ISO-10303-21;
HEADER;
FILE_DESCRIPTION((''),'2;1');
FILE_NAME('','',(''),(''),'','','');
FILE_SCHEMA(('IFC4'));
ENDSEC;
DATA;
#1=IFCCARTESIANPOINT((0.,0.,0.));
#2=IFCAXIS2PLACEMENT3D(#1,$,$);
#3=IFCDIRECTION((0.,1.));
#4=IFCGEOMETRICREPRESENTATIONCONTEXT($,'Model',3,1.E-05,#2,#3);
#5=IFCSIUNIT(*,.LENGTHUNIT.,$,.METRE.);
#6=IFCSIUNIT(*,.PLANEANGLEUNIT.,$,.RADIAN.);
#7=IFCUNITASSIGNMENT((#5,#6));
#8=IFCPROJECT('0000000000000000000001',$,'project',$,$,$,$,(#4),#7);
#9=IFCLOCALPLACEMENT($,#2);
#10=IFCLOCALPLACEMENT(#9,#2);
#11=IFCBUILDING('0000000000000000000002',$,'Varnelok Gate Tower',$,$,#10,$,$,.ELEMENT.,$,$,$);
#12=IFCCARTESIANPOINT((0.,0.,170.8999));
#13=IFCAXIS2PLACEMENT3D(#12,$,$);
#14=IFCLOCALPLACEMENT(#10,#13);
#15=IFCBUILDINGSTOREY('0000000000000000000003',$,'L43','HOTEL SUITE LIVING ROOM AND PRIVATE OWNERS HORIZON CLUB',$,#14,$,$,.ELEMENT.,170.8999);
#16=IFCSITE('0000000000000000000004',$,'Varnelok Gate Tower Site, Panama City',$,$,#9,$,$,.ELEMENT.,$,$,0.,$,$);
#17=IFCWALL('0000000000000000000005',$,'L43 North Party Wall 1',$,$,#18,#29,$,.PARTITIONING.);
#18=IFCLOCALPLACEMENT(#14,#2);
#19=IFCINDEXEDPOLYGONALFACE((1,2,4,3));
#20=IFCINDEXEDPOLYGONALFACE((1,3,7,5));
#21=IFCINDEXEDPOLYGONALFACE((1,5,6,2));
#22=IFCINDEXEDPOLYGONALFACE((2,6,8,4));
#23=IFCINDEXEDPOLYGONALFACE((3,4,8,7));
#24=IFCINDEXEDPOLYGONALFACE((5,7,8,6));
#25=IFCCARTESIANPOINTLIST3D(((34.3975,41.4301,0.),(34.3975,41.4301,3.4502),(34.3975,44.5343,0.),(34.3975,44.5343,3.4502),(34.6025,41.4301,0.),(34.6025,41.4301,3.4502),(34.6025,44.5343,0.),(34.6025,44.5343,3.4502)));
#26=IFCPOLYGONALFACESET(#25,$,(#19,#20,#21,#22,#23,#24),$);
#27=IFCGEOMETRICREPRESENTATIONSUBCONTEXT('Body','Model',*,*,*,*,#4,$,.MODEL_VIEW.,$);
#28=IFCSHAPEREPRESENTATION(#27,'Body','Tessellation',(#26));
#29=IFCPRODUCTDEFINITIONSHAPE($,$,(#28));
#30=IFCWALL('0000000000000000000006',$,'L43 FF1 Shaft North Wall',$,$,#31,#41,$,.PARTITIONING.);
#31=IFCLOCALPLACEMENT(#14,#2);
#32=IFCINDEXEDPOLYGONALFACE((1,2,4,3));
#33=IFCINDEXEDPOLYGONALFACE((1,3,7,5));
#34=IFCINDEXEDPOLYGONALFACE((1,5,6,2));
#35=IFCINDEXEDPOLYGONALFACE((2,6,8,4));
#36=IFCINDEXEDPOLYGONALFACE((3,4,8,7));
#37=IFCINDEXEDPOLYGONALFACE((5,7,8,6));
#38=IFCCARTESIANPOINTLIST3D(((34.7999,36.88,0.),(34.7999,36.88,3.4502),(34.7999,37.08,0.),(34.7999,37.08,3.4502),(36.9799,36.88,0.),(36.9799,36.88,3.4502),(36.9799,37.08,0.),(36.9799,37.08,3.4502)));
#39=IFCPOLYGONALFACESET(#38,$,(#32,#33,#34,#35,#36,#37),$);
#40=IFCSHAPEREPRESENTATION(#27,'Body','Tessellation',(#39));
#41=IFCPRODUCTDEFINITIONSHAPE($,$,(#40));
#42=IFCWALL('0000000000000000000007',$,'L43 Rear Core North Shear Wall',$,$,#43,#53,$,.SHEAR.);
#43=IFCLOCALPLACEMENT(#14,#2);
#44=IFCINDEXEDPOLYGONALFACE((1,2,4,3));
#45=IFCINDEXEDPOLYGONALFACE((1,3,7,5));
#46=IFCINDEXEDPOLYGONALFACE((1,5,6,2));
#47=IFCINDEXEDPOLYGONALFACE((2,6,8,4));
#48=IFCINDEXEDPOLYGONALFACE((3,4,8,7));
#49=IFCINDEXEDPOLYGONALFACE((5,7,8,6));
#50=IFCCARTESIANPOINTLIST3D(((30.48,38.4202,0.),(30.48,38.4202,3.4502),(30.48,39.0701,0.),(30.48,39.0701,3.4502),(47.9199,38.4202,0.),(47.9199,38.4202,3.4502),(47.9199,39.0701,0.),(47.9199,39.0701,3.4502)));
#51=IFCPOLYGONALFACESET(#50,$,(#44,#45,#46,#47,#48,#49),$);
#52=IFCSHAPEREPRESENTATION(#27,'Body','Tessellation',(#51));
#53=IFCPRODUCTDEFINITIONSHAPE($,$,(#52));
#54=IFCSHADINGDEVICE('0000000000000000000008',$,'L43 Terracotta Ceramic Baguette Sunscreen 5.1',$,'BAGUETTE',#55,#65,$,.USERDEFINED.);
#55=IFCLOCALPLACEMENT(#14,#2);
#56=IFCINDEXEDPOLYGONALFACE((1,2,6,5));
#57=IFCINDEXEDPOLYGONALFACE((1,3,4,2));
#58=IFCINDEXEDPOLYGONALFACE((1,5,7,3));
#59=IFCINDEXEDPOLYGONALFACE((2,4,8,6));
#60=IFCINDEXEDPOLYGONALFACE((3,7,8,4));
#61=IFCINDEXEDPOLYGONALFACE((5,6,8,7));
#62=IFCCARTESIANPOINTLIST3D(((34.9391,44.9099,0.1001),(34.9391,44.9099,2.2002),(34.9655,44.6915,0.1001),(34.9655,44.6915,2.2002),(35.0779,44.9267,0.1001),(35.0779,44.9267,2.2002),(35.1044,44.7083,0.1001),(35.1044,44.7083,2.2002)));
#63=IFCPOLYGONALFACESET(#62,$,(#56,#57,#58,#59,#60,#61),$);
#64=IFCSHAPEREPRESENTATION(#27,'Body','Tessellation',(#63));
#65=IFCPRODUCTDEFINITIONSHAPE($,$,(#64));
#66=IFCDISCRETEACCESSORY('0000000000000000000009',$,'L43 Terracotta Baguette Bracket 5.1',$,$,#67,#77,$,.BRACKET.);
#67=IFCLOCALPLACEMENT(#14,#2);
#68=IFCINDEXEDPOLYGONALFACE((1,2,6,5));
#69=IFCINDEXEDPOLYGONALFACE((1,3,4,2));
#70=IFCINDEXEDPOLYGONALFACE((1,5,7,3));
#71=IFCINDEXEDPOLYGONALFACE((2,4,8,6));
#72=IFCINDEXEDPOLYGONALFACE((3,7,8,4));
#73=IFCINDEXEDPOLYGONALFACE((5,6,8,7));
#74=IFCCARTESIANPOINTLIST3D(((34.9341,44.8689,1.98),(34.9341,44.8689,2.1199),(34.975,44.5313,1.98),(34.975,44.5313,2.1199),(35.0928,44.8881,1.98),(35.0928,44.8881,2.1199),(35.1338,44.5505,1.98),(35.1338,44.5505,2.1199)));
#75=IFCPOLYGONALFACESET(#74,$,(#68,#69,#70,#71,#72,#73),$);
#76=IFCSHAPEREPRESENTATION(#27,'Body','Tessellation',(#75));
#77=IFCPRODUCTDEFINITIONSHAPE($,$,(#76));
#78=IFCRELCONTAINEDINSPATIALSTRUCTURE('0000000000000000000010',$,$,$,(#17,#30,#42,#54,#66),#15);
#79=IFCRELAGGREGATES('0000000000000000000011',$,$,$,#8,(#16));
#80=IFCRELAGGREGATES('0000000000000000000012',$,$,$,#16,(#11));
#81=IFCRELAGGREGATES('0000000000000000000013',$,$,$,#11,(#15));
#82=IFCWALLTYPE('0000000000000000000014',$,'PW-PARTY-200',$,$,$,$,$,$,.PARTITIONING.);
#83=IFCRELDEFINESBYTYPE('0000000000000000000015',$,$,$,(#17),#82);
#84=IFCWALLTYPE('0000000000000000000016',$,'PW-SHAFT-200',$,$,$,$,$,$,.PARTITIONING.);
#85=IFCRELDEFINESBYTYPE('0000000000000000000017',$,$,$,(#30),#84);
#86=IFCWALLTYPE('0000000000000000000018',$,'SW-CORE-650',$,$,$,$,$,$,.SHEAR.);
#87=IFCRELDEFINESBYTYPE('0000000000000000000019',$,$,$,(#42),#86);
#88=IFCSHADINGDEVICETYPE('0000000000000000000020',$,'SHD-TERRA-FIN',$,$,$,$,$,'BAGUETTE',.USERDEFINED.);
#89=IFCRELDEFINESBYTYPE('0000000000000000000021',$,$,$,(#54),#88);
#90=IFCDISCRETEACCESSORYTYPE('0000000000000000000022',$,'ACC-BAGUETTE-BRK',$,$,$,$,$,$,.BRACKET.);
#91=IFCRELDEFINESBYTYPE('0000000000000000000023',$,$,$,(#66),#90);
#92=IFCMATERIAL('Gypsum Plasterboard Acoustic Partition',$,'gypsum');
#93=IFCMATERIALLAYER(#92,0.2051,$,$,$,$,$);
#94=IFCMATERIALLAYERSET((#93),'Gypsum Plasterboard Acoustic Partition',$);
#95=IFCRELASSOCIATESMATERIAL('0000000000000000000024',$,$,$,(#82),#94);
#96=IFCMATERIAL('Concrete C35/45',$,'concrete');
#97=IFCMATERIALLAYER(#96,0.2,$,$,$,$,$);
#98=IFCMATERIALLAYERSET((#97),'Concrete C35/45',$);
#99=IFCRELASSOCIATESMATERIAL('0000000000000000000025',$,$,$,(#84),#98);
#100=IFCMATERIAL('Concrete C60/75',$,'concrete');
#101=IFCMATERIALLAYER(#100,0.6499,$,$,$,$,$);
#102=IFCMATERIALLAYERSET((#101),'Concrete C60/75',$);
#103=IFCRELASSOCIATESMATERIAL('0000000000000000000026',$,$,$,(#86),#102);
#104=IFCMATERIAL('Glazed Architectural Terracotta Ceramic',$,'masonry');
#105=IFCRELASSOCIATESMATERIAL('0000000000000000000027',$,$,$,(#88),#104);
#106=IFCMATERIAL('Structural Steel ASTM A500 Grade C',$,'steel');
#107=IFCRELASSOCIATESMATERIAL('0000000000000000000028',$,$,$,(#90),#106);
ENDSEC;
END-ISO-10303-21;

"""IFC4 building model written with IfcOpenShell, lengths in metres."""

from ifc_helpers import new_model, si_unit, direction, frame, frame_2d, origin, origin_2d, place, context, subcontext, project, spatial, rectangle, extrude, source, transform, mapped, material, layer, layer_set, type_object, element, save


model = new_model("IFC4")

# Units and contexts
model_context = context("Model", 3, precision=1e-05, world=origin(), true_north=direction((0.0, 1.0)))
body_context = subcontext(model_context, "Body", "Model", "MODEL_VIEW")
ifc_project = project(units=[si_unit("LENGTHUNIT", "METRE"), si_unit("PLANEANGLEUNIT", "RADIAN")], contexts=[model_context])

# Site, building, storey
site_placement = place(None, origin())
site = spatial("IfcSite", under=ifc_project, at=site_placement, Name="Varnelok Gate Tower Site, Panama City", CompositionType="ELEMENT", RefElevation=0.0)
building_placement = place(site_placement, origin())
building = spatial("IfcBuilding", under=site, at=building_placement, Name="Varnelok Gate Tower", CompositionType="ELEMENT")
storey_placement = place(building_placement, frame((0.0, 0.0, 170.8999)))
storey = spatial("IfcBuildingStorey", under=building, at=storey_placement, Name="L43", Description="HOTEL SUITE LIVING ROOM AND PRIVATE OWNERS HORIZON CLUB", CompositionType="ELEMENT", Elevation=170.8999)

# Shared definitions
ifc_material_1 = material(Name="Concrete C60/75", Category="concrete")

# Shared definitions
ifc_material_2 = material(Name="Gypsum Plasterboard Acoustic Partition", Category="gypsum")

# Walls
ifc_layer_1 = layer(ifc_material_2, 0.2051)
ifc_layer_set_1 = layer_set([ifc_layer_1], Name="Gypsum Plasterboard Acoustic Partition")
wall_type_1 = type_object("IfcWallType", Name="PW-PARTY-200", PredefinedType="PARTITIONING", material=ifc_layer_set_1)
wall_1_placement = place(storey_placement, frame((34.5, 41.4299, 0.0), z_axis=(0.0, 0.0, 1.0), x_axis=(0.0, 1.0, 0.0)))
element("IfcWall", 1, at=wall_1_placement, inside=storey, type_object=wall_type_1, Name="L43 North Party Wall 1", PredefinedType="PARTITIONING", context=body_context, shape_type="SweptSolid", body=[
    extrude(rectangle(XDim=3.1042, YDim=0.2051, at=frame_2d((1.5522, 0.0))), origin(), (0.0, 0.0, 1.0), 3.4502),
])
ifc_material_3 = material(Name="Concrete C35/45", Category="concrete")
ifc_layer_2 = layer(ifc_material_3, 0.2)
ifc_layer_set_2 = layer_set([ifc_layer_2], Name="Concrete C35/45")
wall_type_2 = type_object("IfcWallType", Name="PW-SHAFT-200", PredefinedType="PARTITIONING", material=ifc_layer_set_2)
wall_2_placement = place(storey_placement, frame((34.8, 36.98, 0.0), z_axis=(0.0, 0.0, 1.0), x_axis=(1.0, 0.0, 0.0)))
element("IfcWall", 2, at=wall_2_placement, inside=storey, type_object=wall_type_2, Name="L43 FF1 Shaft North Wall", PredefinedType="PARTITIONING", context=body_context, shape_type="SweptSolid", body=[
    extrude(rectangle(XDim=2.1799, YDim=0.2, at=frame_2d((1.0898, 0.0))), origin(), (0.0, 0.0, 1.0), 3.4502),
])
ifc_layer_3 = layer(ifc_material_1, 0.6499)
ifc_layer_set_3 = layer_set([ifc_layer_3], Name="Concrete C60/75")
wall_type_3 = type_object("IfcWallType", Name="SW-CORE-650", PredefinedType="SHEAR", material=ifc_layer_set_3)
wall_3_placement = place(storey_placement, frame((30.48, 38.7451, 0.0), z_axis=(0.0, 0.0, 1.0), x_axis=(1.0, 0.0, 0.0)))
element("IfcWall", 3, at=wall_3_placement, inside=storey, type_object=wall_type_3, Name="L43 Rear Core North Shear Wall", PredefinedType="SHEAR", context=body_context, shape_type="SweptSolid", body=[
    extrude(rectangle(XDim=17.4399, YDim=0.6499, at=frame_2d((8.72, 0.0))), origin(), (0.0, 0.0, 1.0), 3.4502),
])

# Shading device
ifc_material_4 = material(Name="Glazed Architectural Terracotta Ceramic", Category="masonry")
shading_device_type = type_object("IfcShadingDeviceType", Name="SHD-TERRA-FIN", ElementType="BAGUETTE", PredefinedType="USERDEFINED", material=ifc_material_4)
shared_shape_1 = source(origin(), body_context, "Body", "SweptSolid", [
    extrude(rectangle(XDim=0.1399, YDim=0.22, at=origin_2d()), origin(), (0.0, 0.0, 1.0), 2.1001),
])
shading_device_placement = place(storey_placement, frame((35.0217, 44.8091, 0.1001), z_axis=(0.0, 0.0, 1.0), x_axis=(0.992732, 0.120345, 0.0)))
element("IfcShadingDevice", 4, at=shading_device_placement, inside=storey, type_object=shading_device_type, Name="L43 Terracotta Ceramic Baguette Sunscreen 5.1", ObjectType="BAGUETTE", PredefinedType="USERDEFINED", context=body_context, shape_type="MappedRepresentation", body=[
    mapped(shared_shape_1, transform((0.0, 0.0, 0.0), scale=1.0)),
])

# Discrete accessory
ifc_material_5 = material(Name="Structural Steel ASTM A500 Grade C", Category="steel")
discrete_accessory_type = type_object("IfcDiscreteAccessoryType", Name="ACC-BAGUETTE-BRK", PredefinedType="BRACKET", material=ifc_material_5)
shared_shape_2 = source(origin(), body_context, "Body", "SweptSolid", [
    extrude(rectangle(XDim=0.1599, YDim=0.3401, at=origin_2d()), origin(), (0.0, 0.0, 1.0), 0.1399),
])
discrete_accessory_placement = place(storey_placement, frame((35.0339, 44.7097, 1.98), z_axis=(0.0, 0.0, 1.0), x_axis=(0.992732, 0.120345, 0.0)))
element("IfcDiscreteAccessory", 5, at=discrete_accessory_placement, inside=storey, type_object=discrete_accessory_type, Name="L43 Terracotta Baguette Bracket 5.1", PredefinedType="BRACKET", context=body_context, shape_type="MappedRepresentation", body=[
    mapped(shared_shape_2, transform((0.0, 0.0, 0.0), scale=1.0)),
])

save(model, "model.ifc")
